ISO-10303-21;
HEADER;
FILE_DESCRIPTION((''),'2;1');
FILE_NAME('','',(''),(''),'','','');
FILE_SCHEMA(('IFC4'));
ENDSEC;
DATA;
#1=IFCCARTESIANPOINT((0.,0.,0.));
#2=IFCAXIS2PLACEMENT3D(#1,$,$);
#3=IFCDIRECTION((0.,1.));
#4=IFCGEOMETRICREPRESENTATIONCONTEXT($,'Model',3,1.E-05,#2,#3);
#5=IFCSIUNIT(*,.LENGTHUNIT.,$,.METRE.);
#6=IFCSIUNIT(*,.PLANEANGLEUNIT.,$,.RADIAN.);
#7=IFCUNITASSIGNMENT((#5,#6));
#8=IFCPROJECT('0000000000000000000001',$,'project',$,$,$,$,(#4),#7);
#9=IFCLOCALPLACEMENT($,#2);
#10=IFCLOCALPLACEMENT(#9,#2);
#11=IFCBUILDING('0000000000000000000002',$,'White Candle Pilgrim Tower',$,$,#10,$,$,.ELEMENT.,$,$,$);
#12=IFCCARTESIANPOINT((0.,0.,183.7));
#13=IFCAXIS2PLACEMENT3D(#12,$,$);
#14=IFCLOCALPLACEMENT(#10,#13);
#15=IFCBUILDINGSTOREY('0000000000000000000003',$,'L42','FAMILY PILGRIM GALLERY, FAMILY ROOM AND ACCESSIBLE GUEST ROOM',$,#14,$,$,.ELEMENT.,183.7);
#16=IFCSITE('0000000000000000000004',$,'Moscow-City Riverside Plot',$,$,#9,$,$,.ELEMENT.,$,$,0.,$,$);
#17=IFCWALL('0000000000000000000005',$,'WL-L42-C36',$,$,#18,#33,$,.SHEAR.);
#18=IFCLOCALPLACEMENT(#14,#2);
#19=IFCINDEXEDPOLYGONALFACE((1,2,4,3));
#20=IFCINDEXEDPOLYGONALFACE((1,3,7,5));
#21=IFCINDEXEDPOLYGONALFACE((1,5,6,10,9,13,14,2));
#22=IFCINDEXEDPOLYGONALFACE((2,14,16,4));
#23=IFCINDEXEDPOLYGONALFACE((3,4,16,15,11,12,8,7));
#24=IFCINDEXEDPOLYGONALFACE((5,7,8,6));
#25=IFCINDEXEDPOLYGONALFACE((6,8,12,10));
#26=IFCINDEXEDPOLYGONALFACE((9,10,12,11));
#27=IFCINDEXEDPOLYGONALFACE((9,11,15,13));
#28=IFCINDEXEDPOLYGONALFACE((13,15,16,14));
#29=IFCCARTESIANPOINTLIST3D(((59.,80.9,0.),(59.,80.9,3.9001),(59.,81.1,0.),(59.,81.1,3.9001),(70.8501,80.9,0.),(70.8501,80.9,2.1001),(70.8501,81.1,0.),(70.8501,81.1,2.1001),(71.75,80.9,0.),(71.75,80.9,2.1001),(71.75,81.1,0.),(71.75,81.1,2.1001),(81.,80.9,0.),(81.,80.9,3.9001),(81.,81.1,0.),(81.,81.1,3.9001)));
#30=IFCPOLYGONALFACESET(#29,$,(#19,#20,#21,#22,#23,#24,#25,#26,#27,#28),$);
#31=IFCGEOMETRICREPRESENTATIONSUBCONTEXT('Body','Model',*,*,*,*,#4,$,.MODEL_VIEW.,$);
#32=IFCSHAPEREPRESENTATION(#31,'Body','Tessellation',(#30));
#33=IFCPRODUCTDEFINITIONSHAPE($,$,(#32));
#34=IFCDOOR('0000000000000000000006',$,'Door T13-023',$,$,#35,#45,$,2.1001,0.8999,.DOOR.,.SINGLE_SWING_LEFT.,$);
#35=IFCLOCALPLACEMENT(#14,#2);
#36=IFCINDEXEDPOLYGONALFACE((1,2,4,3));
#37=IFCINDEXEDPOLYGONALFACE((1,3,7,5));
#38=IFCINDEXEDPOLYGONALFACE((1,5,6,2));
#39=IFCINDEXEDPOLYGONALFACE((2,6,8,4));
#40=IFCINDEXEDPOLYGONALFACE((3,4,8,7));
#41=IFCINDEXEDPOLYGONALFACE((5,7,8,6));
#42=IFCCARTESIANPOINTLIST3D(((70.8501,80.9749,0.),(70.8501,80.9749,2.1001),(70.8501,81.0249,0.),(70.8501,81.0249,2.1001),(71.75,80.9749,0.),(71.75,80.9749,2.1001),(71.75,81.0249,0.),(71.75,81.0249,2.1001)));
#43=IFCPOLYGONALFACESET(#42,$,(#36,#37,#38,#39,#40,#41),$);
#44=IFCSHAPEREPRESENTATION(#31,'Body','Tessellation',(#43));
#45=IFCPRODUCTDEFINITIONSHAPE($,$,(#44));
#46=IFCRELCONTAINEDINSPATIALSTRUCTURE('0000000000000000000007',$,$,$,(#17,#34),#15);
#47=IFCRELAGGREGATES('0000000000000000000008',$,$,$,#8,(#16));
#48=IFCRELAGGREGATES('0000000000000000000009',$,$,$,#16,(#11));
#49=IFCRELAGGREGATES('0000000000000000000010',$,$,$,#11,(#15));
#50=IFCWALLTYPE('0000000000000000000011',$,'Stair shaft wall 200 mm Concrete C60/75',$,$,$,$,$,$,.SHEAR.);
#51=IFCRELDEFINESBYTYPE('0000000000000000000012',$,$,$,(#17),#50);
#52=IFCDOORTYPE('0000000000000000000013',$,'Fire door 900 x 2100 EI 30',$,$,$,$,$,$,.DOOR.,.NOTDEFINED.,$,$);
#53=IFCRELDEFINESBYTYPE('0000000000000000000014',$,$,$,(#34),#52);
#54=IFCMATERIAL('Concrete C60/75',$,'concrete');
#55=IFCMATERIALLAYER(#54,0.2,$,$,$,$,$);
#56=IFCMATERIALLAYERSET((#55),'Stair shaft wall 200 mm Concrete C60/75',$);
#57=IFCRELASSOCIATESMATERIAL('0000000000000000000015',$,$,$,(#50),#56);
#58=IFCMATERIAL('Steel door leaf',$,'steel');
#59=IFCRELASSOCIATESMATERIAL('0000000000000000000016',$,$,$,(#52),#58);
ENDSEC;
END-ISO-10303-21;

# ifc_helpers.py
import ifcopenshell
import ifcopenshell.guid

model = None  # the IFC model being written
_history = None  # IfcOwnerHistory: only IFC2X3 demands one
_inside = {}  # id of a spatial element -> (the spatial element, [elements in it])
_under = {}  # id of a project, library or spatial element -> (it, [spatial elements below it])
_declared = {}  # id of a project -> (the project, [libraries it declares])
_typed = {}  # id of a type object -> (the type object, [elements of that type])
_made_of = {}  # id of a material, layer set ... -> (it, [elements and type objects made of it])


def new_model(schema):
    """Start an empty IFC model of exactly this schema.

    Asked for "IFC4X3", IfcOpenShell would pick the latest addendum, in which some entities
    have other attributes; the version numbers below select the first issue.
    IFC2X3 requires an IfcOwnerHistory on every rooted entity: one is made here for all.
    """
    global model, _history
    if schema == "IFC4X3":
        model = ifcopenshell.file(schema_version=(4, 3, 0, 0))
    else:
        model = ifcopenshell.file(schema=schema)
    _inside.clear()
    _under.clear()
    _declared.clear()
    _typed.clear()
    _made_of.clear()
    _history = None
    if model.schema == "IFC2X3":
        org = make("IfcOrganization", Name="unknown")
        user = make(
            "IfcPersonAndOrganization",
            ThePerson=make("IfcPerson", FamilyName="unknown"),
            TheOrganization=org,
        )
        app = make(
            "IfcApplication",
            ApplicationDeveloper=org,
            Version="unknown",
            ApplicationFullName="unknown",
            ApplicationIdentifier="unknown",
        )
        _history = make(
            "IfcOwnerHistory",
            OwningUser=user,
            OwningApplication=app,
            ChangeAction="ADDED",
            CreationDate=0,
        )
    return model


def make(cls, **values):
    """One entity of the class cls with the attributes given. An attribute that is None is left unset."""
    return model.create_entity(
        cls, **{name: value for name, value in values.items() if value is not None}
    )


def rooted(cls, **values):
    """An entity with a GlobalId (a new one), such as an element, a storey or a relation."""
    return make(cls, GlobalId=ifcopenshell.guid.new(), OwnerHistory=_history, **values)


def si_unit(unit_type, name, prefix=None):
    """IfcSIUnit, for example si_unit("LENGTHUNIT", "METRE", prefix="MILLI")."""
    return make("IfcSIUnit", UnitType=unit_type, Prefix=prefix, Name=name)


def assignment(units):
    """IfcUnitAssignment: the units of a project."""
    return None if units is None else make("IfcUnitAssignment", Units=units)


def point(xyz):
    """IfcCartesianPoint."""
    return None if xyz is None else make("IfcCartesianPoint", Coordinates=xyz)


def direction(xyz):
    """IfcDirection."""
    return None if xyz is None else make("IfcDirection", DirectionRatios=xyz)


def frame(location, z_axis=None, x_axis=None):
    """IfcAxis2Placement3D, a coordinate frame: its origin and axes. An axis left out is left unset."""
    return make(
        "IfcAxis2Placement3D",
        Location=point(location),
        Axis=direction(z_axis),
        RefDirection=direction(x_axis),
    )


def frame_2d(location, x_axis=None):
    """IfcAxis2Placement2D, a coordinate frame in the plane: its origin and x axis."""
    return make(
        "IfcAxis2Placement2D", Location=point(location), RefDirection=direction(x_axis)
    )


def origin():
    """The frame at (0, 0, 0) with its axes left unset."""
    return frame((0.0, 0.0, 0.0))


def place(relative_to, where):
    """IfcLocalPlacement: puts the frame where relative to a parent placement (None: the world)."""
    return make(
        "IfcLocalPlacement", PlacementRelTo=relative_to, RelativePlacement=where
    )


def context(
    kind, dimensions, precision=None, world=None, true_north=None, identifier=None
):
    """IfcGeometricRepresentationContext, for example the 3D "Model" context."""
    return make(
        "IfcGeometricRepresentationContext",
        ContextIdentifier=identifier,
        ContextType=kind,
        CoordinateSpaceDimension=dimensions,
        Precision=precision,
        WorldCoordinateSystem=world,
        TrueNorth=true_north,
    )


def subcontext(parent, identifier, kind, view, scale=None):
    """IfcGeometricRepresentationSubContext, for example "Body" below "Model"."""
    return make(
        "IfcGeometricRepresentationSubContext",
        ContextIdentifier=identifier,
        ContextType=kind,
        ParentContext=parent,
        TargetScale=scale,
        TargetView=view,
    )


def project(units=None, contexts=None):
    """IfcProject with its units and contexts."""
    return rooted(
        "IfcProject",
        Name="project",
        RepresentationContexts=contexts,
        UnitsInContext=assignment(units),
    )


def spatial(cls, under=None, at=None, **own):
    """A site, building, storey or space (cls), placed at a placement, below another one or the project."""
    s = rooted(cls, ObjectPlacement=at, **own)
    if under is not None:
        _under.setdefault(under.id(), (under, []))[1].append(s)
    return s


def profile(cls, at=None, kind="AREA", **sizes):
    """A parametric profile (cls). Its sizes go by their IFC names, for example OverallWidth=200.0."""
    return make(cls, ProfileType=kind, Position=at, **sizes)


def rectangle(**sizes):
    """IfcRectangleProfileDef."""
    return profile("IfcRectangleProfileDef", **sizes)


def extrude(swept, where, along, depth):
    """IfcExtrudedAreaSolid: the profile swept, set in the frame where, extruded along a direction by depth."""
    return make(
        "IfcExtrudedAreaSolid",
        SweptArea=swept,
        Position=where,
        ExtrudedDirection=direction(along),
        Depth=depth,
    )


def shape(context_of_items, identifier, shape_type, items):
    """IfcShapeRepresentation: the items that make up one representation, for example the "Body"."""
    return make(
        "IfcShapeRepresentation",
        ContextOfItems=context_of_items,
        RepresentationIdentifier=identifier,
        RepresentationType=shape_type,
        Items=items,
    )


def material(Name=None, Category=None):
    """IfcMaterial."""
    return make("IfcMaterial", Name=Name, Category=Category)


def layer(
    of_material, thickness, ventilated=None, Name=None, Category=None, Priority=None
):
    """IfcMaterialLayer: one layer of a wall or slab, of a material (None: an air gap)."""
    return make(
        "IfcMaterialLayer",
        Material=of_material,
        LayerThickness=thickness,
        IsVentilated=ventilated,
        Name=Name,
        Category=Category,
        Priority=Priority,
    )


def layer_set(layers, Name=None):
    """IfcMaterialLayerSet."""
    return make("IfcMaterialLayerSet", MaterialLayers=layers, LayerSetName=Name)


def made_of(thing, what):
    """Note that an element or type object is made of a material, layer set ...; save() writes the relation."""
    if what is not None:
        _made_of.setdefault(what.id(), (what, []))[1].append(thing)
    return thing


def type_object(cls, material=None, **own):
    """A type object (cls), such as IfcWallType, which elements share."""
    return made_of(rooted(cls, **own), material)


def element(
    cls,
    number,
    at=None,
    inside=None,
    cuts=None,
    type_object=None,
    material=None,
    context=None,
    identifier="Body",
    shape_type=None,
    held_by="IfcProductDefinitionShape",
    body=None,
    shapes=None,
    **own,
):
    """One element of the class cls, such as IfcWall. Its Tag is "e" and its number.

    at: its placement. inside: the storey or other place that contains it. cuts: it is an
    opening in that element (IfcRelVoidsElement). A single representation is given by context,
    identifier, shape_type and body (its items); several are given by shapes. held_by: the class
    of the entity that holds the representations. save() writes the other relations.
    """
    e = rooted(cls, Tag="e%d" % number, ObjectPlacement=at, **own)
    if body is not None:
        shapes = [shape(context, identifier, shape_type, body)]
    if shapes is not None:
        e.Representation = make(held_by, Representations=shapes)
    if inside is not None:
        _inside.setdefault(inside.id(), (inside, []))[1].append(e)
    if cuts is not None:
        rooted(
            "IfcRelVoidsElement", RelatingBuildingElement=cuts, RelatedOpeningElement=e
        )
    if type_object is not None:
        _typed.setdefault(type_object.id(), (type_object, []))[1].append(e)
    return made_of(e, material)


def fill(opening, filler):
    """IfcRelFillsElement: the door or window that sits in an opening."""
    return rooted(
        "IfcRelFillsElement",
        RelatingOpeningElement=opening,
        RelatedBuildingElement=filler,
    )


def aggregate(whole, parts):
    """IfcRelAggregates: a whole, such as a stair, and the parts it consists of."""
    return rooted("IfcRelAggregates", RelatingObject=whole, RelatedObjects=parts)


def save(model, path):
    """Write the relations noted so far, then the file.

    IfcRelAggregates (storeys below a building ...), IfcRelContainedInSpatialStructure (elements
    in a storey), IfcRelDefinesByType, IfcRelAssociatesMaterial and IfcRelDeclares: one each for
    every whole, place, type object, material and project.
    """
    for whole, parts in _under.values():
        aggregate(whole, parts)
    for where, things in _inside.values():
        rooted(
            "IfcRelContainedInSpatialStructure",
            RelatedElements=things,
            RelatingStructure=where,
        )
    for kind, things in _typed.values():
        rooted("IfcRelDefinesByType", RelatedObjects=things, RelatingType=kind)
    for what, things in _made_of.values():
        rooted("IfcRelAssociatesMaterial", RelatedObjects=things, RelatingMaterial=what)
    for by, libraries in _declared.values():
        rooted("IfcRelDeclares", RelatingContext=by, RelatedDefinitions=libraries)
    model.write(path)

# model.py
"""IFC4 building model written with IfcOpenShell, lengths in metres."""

from ifc_helpers import new_model, si_unit, direction, frame, frame_2d, origin, place, context, subcontext, project, spatial, rectangle, extrude, material, layer, layer_set, type_object, element, fill, save


model = new_model("IFC4")

# Units and contexts
model_context = context("Model", 3, precision=1e-05, world=origin(), true_north=direction((0.0, 1.0)))
body_context = subcontext(model_context, "Body", "Model", "MODEL_VIEW")
ifc_project = project(units=[si_unit("LENGTHUNIT", "METRE"), si_unit("PLANEANGLEUNIT", "RADIAN")], contexts=[model_context])

# Site, building, storey
site_placement = place(None, origin())
site = spatial("IfcSite", under=ifc_project, at=site_placement, Name="Moscow-City Riverside Plot", CompositionType="ELEMENT", RefElevation=0.0)
building_placement = place(site_placement, origin())
building = spatial("IfcBuilding", under=site, at=building_placement, Name="White Candle Pilgrim Tower", CompositionType="ELEMENT")
storey_placement = place(building_placement, frame((0.0, 0.0, 183.7)))
storey = spatial("IfcBuildingStorey", under=building, at=storey_placement, Name="L42", Description="FAMILY PILGRIM GALLERY, FAMILY ROOM AND ACCESSIBLE GUEST ROOM", CompositionType="ELEMENT", Elevation=183.7)

# Wall, opening, door
ifc_material_1 = material(Name="Concrete C60/75", Category="concrete")
ifc_layer_1 = layer(ifc_material_1, 0.2)
ifc_layer_set_1 = layer_set([ifc_layer_1], Name="Stair shaft wall 200 mm Concrete C60/75")
wall_type_1 = type_object("IfcWallType", Name="Stair shaft wall 200 mm Concrete C60/75", PredefinedType="SHEAR", material=ifc_layer_set_1)
wall_1_placement = place(storey_placement, frame((59.0, 81.0, 0.0), z_axis=(0.0, 0.0, 1.0), x_axis=(1.0, 0.0, 0.0)))
wall_1 = element("IfcWall", 1, at=wall_1_placement, inside=storey, type_object=wall_type_1, Name="WL-L42-C36", PredefinedType="SHEAR", context=body_context, shape_type="SweptSolid", body=[
    extrude(rectangle(XDim=22.0, YDim=0.2, at=frame_2d((11.0, 0.0))), origin(), (0.0, 0.0, 1.0), 3.9001),
])
opening_1_placement = place(wall_1_placement, frame((11.8501, 0.0, 0.0)))
opening_1 = element("IfcOpeningElement", 2, at=opening_1_placement, cuts=wall_1, PredefinedType="OPENING", context=body_context, shape_type="SweptSolid", body=[
    extrude(rectangle(XDim=0.8999, YDim=2.1001, at=frame_2d((0.45, 1.05))), frame((0.0, 0.1099, 0.0), z_axis=(0.0, -1.0, 0.0), x_axis=(1.0, 0.0, 0.0)), (0.0, 0.0, 1.0), 0.22),
])
ifc_material_2 = material(Name="Steel door leaf", Category="steel")
door_type = type_object("IfcDoorType", Name="Fire door 900 x 2100 EI 30", OperationType="NOTDEFINED", PredefinedType="DOOR", material=ifc_material_2)
door_placement = place(opening_1_placement, origin())
door = element("IfcDoor", 3, at=door_placement, inside=storey, type_object=door_type, Name="Door T13-023", OperationType="SINGLE_SWING_LEFT", OverallHeight=2.1001, OverallWidth=0.8999, PredefinedType="DOOR", context=body_context, shape_type="SweptSolid", body=[
    extrude(rectangle(XDim=0.8999, YDim=2.1001, at=frame_2d((0.45, 1.05))), frame((0.0, 0.0249, 0.0), z_axis=(0.0, -1.0, 0.0), x_axis=(1.0, 0.0, 0.0)), (0.0, 0.0, 1.0), 0.05),
])
fill(opening_1, door)

save(model, "model.ifc")
